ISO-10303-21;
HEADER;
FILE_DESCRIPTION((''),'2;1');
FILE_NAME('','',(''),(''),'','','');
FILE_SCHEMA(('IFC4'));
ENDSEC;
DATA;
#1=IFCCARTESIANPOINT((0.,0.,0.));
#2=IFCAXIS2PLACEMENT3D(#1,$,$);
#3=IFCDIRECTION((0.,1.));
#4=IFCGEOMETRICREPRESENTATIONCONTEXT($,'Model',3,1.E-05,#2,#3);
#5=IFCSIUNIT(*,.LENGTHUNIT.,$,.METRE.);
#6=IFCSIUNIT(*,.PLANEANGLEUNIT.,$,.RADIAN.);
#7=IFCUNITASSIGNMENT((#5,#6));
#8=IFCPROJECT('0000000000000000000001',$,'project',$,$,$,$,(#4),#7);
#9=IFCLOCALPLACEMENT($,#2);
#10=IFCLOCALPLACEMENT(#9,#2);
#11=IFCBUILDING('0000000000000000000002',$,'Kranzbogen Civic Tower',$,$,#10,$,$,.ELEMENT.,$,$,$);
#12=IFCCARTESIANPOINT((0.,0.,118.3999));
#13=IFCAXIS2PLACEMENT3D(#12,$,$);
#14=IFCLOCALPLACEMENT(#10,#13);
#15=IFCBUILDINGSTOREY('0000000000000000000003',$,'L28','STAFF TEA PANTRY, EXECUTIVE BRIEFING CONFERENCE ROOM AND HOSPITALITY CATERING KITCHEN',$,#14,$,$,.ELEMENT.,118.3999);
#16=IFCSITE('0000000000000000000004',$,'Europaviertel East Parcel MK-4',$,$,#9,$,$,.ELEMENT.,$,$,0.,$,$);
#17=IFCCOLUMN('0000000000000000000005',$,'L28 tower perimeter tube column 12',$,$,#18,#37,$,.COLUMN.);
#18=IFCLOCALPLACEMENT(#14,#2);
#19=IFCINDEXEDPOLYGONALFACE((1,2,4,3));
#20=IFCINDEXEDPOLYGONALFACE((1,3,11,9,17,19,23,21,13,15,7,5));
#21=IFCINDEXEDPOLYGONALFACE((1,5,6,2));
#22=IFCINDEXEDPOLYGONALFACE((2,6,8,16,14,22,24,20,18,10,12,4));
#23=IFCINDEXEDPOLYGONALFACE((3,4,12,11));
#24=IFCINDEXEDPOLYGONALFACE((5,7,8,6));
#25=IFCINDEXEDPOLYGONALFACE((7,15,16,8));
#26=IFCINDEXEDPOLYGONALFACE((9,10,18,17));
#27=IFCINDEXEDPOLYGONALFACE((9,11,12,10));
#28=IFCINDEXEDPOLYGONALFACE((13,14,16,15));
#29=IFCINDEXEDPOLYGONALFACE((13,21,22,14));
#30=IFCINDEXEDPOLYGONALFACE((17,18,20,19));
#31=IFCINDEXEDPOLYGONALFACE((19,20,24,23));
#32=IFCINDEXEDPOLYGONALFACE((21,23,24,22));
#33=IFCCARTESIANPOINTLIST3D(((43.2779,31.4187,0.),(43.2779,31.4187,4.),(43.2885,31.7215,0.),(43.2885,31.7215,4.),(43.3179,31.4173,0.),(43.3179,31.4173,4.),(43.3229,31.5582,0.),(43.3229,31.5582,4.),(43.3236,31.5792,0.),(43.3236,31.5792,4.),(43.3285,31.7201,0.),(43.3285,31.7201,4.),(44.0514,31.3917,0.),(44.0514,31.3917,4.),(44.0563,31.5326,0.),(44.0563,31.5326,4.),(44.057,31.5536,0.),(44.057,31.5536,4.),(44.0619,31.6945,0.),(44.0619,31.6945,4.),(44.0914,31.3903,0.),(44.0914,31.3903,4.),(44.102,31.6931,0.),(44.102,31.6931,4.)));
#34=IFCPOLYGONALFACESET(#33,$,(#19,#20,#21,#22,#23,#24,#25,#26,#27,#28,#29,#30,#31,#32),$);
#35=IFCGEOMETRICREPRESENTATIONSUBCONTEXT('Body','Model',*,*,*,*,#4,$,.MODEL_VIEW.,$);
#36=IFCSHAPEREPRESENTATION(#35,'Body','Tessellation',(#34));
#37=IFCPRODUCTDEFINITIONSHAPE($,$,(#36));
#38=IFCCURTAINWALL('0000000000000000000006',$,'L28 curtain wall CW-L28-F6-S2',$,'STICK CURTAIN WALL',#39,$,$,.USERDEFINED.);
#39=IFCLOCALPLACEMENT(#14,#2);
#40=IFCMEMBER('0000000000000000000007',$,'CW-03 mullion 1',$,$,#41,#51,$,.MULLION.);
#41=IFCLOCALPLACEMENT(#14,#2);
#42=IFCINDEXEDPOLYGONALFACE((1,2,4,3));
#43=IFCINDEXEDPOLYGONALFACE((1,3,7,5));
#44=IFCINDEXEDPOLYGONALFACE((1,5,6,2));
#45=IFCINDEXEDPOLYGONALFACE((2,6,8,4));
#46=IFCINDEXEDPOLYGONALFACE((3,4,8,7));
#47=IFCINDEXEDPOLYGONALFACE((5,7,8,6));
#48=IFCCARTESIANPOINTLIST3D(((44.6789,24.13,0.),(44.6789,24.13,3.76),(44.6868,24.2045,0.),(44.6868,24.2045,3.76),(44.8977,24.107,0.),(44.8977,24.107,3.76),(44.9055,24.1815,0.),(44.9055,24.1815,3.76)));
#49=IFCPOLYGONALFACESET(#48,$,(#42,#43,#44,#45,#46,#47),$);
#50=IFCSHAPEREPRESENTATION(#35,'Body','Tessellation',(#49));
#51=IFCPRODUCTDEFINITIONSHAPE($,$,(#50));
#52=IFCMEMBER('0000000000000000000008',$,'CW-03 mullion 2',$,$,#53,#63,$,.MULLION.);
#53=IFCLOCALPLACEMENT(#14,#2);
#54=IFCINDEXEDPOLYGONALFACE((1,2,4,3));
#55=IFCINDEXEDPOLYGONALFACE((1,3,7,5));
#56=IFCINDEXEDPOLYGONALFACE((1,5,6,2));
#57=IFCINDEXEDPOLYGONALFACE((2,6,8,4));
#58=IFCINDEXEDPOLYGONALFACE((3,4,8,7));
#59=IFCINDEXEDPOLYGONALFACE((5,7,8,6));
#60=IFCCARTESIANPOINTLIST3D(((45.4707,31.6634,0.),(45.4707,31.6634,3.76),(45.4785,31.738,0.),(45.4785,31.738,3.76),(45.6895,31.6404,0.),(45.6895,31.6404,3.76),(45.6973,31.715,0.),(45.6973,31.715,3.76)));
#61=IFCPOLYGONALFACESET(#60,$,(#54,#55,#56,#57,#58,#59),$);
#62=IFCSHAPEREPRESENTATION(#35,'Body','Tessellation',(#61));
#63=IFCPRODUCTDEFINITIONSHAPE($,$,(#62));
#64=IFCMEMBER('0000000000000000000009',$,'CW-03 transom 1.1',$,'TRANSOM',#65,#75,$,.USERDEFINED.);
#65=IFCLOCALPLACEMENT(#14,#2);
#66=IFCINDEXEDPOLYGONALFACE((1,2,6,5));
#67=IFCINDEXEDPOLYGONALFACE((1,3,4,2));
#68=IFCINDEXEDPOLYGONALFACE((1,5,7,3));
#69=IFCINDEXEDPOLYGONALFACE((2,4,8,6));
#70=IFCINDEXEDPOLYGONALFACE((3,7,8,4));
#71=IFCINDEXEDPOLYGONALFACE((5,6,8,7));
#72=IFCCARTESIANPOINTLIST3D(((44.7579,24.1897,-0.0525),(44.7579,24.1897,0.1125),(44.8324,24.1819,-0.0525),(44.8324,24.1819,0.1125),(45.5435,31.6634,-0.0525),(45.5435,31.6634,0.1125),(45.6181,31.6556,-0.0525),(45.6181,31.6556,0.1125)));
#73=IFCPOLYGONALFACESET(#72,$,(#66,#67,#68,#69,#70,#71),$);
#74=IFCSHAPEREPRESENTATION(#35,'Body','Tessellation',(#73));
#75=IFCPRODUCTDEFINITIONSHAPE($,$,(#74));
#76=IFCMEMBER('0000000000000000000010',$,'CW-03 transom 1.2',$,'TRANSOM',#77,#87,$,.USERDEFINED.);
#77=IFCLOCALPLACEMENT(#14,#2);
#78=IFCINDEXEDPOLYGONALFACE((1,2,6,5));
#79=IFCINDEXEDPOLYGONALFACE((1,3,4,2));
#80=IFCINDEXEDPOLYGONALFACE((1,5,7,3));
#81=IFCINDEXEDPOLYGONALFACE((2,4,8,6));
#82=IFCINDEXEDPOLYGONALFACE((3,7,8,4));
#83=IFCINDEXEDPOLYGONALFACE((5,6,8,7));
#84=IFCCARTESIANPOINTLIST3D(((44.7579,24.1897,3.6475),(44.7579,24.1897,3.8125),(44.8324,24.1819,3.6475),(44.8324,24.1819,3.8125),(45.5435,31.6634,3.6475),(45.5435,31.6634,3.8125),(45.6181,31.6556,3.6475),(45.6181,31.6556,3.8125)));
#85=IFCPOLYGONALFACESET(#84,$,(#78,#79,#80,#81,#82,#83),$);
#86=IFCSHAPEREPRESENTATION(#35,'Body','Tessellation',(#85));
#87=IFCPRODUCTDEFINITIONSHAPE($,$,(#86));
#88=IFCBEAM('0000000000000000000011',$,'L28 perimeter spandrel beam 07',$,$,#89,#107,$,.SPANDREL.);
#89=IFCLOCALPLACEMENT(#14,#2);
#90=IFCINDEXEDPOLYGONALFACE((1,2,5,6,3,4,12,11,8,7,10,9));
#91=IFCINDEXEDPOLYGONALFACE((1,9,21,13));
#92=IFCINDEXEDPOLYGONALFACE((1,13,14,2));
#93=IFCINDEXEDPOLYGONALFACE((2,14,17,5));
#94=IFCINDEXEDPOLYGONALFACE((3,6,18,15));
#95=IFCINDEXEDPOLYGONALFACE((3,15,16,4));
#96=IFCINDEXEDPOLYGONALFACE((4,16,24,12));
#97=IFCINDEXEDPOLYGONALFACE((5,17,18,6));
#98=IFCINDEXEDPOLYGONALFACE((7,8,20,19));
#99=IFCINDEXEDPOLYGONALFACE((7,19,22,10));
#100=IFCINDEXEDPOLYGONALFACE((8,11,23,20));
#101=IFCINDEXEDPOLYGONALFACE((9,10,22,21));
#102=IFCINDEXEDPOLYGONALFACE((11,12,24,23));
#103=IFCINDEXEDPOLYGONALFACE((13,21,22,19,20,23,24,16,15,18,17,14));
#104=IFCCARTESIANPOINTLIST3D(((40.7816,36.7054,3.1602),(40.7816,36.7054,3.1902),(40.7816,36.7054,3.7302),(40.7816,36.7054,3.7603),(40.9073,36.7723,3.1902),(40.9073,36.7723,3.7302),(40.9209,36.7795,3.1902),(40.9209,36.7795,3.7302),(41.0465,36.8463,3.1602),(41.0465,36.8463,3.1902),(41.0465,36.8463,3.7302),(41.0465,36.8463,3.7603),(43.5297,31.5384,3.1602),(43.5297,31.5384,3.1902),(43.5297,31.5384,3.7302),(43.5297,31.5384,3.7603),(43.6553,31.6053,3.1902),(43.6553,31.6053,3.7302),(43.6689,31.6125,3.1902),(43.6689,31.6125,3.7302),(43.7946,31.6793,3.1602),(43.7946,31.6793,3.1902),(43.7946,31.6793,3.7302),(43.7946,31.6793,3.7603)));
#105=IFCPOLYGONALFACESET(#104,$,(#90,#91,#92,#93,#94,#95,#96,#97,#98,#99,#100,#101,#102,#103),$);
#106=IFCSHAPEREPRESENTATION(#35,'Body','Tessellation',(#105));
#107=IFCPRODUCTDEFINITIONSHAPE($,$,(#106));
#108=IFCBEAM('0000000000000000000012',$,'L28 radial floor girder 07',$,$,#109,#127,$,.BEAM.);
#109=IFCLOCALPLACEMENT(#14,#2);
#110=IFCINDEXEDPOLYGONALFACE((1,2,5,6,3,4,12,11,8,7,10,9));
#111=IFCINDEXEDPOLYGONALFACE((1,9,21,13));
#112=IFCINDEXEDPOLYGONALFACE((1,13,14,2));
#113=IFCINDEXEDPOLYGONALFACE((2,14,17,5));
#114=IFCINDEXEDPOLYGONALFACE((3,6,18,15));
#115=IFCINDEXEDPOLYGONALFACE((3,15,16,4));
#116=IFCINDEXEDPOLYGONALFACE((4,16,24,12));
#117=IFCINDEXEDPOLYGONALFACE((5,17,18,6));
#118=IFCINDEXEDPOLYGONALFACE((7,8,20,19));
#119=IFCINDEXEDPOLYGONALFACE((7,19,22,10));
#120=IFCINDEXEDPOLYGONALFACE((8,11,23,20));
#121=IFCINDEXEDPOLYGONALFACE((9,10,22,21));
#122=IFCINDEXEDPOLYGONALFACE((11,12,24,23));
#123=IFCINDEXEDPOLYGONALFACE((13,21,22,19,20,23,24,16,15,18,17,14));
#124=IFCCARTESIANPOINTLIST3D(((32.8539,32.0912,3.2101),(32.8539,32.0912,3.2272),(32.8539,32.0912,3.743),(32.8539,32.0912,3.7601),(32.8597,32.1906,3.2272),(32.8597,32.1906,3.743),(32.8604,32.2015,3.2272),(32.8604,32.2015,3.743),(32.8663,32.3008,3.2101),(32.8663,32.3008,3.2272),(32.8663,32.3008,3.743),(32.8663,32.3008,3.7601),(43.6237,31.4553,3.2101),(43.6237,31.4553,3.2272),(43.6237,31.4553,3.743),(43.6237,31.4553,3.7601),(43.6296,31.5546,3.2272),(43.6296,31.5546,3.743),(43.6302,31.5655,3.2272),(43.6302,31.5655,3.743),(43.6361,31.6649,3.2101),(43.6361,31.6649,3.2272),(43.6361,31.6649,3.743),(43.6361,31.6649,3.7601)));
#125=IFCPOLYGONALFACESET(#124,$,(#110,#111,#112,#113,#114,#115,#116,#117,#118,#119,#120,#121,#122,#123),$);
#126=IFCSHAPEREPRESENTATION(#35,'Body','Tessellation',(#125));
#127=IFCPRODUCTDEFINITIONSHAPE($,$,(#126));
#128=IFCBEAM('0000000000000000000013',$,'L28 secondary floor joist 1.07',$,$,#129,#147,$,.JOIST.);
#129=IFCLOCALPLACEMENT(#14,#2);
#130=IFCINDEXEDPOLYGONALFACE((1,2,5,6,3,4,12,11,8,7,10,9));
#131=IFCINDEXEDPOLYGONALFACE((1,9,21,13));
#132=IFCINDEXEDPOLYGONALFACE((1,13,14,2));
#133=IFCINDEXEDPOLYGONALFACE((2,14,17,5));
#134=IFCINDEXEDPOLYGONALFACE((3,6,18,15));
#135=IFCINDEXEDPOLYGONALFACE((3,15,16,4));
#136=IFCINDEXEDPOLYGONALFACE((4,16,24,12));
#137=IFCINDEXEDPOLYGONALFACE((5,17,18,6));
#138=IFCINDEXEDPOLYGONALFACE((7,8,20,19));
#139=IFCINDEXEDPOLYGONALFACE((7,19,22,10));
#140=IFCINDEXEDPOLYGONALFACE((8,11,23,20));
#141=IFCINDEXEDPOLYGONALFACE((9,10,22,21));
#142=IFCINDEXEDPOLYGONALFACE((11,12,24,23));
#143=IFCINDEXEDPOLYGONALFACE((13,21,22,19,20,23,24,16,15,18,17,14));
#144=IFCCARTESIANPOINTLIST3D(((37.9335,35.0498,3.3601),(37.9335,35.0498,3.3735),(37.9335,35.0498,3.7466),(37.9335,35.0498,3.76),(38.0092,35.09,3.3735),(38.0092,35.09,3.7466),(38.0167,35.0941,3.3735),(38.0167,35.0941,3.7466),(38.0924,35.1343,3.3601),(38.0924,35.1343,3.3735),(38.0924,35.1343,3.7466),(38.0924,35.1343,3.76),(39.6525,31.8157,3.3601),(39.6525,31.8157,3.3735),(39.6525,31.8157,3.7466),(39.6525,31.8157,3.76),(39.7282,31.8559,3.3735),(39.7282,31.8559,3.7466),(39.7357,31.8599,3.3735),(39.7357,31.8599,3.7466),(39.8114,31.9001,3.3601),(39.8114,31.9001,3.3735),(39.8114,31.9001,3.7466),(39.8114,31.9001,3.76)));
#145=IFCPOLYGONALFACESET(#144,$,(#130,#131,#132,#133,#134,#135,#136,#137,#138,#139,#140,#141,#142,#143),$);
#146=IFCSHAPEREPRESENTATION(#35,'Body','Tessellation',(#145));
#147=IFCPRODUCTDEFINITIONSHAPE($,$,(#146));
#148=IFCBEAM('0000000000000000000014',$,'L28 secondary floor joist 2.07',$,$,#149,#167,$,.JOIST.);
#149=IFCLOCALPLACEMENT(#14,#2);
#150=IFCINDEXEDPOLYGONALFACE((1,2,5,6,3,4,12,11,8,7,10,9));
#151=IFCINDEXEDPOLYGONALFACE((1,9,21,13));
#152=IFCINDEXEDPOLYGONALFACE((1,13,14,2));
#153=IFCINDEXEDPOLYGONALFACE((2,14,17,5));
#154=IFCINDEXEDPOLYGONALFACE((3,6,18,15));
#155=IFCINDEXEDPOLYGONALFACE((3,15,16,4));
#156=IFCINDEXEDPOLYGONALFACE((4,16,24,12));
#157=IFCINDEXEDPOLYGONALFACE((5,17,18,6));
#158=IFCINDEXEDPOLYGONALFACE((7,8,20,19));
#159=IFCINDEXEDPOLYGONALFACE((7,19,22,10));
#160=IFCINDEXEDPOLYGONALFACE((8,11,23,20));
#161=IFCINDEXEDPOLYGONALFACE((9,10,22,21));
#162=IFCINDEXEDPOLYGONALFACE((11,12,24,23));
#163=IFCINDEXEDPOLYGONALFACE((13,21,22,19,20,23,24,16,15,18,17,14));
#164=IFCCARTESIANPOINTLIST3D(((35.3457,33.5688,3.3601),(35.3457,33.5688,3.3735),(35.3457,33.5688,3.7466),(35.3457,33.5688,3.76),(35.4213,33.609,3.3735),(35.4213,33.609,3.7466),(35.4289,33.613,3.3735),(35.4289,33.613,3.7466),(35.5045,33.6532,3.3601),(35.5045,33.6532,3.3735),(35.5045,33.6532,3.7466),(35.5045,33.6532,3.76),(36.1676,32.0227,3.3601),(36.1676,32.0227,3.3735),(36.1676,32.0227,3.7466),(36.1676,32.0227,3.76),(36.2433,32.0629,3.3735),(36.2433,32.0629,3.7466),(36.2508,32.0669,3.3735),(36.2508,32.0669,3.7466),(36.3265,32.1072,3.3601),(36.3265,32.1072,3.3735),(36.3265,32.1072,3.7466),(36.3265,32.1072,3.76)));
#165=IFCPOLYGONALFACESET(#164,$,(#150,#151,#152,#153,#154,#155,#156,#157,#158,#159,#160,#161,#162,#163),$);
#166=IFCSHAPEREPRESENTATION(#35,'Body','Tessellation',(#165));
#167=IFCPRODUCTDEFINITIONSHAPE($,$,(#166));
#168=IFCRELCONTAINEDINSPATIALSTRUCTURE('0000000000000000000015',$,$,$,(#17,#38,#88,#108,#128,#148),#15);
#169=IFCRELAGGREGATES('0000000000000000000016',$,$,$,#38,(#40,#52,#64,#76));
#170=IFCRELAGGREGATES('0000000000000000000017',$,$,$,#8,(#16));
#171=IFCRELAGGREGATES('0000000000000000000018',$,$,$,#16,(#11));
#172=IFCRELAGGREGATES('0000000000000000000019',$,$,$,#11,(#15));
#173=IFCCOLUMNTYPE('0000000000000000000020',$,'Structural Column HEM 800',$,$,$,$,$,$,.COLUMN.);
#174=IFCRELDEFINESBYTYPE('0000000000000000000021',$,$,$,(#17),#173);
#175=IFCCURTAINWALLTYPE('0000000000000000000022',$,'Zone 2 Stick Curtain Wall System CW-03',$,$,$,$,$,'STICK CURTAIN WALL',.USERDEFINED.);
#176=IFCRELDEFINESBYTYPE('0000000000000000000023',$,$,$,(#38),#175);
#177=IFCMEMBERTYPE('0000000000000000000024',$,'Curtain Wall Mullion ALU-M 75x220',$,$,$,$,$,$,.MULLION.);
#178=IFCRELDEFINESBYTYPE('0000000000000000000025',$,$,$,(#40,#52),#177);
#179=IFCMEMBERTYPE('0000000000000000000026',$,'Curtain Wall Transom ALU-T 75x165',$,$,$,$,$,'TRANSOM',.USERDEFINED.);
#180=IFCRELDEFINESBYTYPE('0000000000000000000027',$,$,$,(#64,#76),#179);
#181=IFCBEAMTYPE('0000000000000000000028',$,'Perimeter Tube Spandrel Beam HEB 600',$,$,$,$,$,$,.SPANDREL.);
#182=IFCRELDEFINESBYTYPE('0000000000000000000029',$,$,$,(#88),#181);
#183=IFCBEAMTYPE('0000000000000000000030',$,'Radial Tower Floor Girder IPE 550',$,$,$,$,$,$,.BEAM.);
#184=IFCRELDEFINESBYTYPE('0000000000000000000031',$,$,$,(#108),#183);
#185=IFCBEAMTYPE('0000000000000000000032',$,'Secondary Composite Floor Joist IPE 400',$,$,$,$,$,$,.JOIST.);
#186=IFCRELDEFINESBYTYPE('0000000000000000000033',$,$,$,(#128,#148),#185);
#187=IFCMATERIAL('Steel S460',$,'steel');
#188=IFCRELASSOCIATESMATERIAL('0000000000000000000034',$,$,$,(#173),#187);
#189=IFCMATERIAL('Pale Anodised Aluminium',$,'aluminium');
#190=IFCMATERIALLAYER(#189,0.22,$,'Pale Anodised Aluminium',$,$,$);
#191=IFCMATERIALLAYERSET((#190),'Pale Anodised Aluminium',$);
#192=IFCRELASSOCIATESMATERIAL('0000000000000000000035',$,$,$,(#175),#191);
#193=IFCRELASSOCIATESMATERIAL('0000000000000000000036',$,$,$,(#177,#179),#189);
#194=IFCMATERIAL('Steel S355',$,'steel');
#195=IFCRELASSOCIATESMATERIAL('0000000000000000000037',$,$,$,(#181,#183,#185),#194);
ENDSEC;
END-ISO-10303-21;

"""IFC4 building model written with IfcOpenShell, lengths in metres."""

from ifc_helpers import new_model, si_unit, direction, frame, origin, origin_2d, place, context, subcontext, project, spatial, rectangle, i_section, extrude, material, layer, layer_set, material_profile, profile_set, type_object, element, aggregate, save


model = new_model("IFC4")

# Units and contexts
model_context = context("Model", 3, precision=1e-05, world=origin(), true_north=direction((0.0, 1.0)))
body_context = subcontext(model_context, "Body", "Model", "MODEL_VIEW")
ifc_project = project(units=[si_unit("LENGTHUNIT", "METRE"), si_unit("PLANEANGLEUNIT", "RADIAN")], contexts=[model_context])

# Site, building, storey
site_placement = place(None, origin())
site = spatial("IfcSite", under=ifc_project, at=site_placement, Name="Europaviertel East Parcel MK-4", CompositionType="ELEMENT", RefElevation=0.0)
building_placement = place(site_placement, origin())
building = spatial("IfcBuilding", under=site, at=building_placement, Name="Kranzbogen Civic Tower", CompositionType="ELEMENT")
storey_placement = place(building_placement, frame((0.0, 0.0, 118.3999)))
storey = spatial("IfcBuildingStorey", under=building, at=storey_placement, Name="L28", Description="STAFF TEA PANTRY, EXECUTIVE BRIEFING CONFERENCE ROOM AND HOSPITALITY CATERING KITCHEN", CompositionType="ELEMENT", Elevation=118.3999)

# Column
ifc_material_1 = material(Name="Steel S460", Category="steel")
ifc_material_profile_1 = material_profile(ifc_material_1, i_section(OverallWidth=0.303, OverallDepth=0.814, WebThickness=0.021, FlangeThickness=0.04, at=origin_2d()), Name="HEM 800")
ifc_profile_set_1 = profile_set([ifc_material_profile_1], Name="Steel S460")
column_type = type_object("IfcColumnType", Name="Structural Column HEM 800", PredefinedType="COLUMN", material=ifc_profile_set_1)
column_placement = place(storey_placement, frame((43.6899, 31.5559, 0.0), z_axis=(0.0, 0.0, 1.0), x_axis=(0.034899, 0.999391, 0.0)))
element("IfcColumn", 1, at=column_placement, inside=storey, type_object=column_type, Name="L28 tower perimeter tube column 12", PredefinedType="COLUMN", context=body_context, shape_type="SweptSolid", body=[
    extrude(i_section(OverallWidth=0.303, OverallDepth=0.814, WebThickness=0.021, FlangeThickness=0.04, at=origin_2d()), origin(), (0.0, 0.0, 1.0), 4.0),
])

# Curtain wall, members
ifc_material_2 = material(Name="Pale Anodised Aluminium", Category="aluminium")
ifc_layer_1 = layer(ifc_material_2, 0.22, Name="Pale Anodised Aluminium")
ifc_layer_set_1 = layer_set([ifc_layer_1], Name="Pale Anodised Aluminium")
curtain_wall_type = type_object("IfcCurtainWallType", Name="Zone 2 Stick Curtain Wall System CW-03", ElementType="STICK CURTAIN WALL", PredefinedType="USERDEFINED", material=ifc_layer_set_1)
curtain_wall_placement = place(storey_placement, origin())
curtain_wall = element("IfcCurtainWall", 2, at=curtain_wall_placement, inside=storey, type_object=curtain_wall_type, Name="L28 curtain wall CW-L28-F6-S2", ObjectType="STICK CURTAIN WALL", PredefinedType="USERDEFINED")
ifc_material_profile_2 = material_profile(ifc_material_2, rectangle(XDim=0.075, YDim=0.22, at=origin_2d()), Name="ALU-M 75x220")
ifc_profile_set_2 = profile_set([ifc_material_profile_2], Name="Pale Anodised Aluminium")
member_type_1 = type_object("IfcMemberType", Name="Curtain Wall Mullion ALU-M 75x220", PredefinedType="MULLION", material=ifc_profile_set_2)
member_1_placement = place(storey_placement, frame((44.7922, 24.1558, 0.0), z_axis=(0.0, 0.0, 1.0), x_axis=(0.104521, 0.994523, 0.0)))
member_1 = element("IfcMember", 3, at=member_1_placement, type_object=member_type_1, Name="CW-03 mullion 1", PredefinedType="MULLION", context=body_context, shape_type="SweptSolid", body=[
    extrude(rectangle(XDim=0.075, YDim=0.22, at=origin_2d()), origin(), (0.0, 0.0, 1.0), 3.76),
])
member_2_placement = place(storey_placement, frame((45.584, 31.6892, 0.0), z_axis=(0.0, 0.0, 1.0), x_axis=(0.104521, 0.994523, 0.0)))
member_2 = element("IfcMember", 4, at=member_2_placement, type_object=member_type_1, Name="CW-03 mullion 2", PredefinedType="MULLION", context=body_context, shape_type="SweptSolid", body=[
    extrude(rectangle(XDim=0.075, YDim=0.22, at=origin_2d()), origin(), (0.0, 0.0, 1.0), 3.76),
])
ifc_material_profile_3 = material_profile(ifc_material_2, rectangle(XDim=0.075, YDim=0.165, at=origin_2d()), Name="ALU-T 75x165")
ifc_profile_set_3 = profile_set([ifc_material_profile_3], Name="Pale Anodised Aluminium")
member_type_2 = type_object("IfcMemberType", Name="Curtain Wall Transom ALU-T 75x165", ElementType="TRANSOM", PredefinedType="USERDEFINED", material=ifc_profile_set_3)
member_3_placement = place(storey_placement, frame((44.7952, 24.1858, 0.03), z_axis=(0.104546, 0.99452, 0.0), x_axis=(-0.99452, 0.104546, 0.0)))
member_3 = element("IfcMember", 5, at=member_3_placement, type_object=member_type_2, Name="CW-03 transom 1.1", ObjectType="TRANSOM", PredefinedType="USERDEFINED", context=body_context, shape_type="SweptSolid", body=[
    extrude(rectangle(XDim=0.075, YDim=0.165, at=origin_2d()), origin(), (0.0, 0.0, 1.0), 7.5149),
])
member_4_placement = place(storey_placement, frame((44.7952, 24.1858, 3.73), z_axis=(0.104546, 0.99452, 0.0), x_axis=(-0.99452, 0.104546, 0.0)))
member_4 = element("IfcMember", 6, at=member_4_placement, type_object=member_type_2, Name="CW-03 transom 1.2", ObjectType="TRANSOM", PredefinedType="USERDEFINED", context=body_context, shape_type="SweptSolid", body=[
    extrude(rectangle(XDim=0.075, YDim=0.165, at=origin_2d()), origin(), (0.0, 0.0, 1.0), 7.5149),
])

# Beams
ifc_material_3 = material(Name="Steel S355", Category="steel")
ifc_material_profile_4 = material_profile(ifc_material_3, i_section(OverallWidth=0.3, OverallDepth=0.6001, WebThickness=0.0154, FlangeThickness=0.03, at=origin_2d()), Name="HEB 600")
ifc_profile_set_4 = profile_set([ifc_material_profile_4], Name="Steel S355")
beam_type_1 = type_object("IfcBeamType", Name="Perimeter Tube Spandrel Beam HEB 600", PredefinedType="SPANDREL", material=ifc_profile_set_4)
beam_1_placement = place(storey_placement, frame((43.6621, 31.6089, 3.4602), z_axis=(-0.469566, 0.882897, 0.0), x_axis=(-0.882897, -0.469566, 0.0)))
element("IfcBeam", 7, at=beam_1_placement, inside=storey, type_object=beam_type_1, Name="L28 perimeter spandrel beam 07", PredefinedType="SPANDREL", context=body_context, shape_type="SweptSolid", body=[
    extrude(i_section(OverallWidth=0.3, OverallDepth=0.6001, WebThickness=0.0154, FlangeThickness=0.03, at=origin_2d()), origin(), (0.0, 0.0, 1.0), 5.8523),
])
ifc_material_profile_5 = material_profile(ifc_material_3, i_section(OverallWidth=0.21, OverallDepth=0.55, WebThickness=0.011, FlangeThickness=0.0171, at=origin_2d()), Name="IPE 550")
ifc_profile_set_5 = profile_set([ifc_material_profile_5], Name="Steel S355")
beam_type_2 = type_object("IfcBeamType", Name="Radial Tower Floor Girder IPE 550", PredefinedType="BEAM", material=ifc_profile_set_5)
beam_2_placement = place(storey_placement, frame((43.6299, 31.5601, 3.4851), z_axis=(-0.998261, 0.05895, 0.0), x_axis=(-0.05895, -0.998261, 0.0)))
element("IfcBeam", 8, at=beam_2_placement, inside=storey, type_object=beam_type_2, Name="L28 radial floor girder 07", PredefinedType="BEAM", context=body_context, shape_type="SweptSolid", body=[
    extrude(i_section(OverallWidth=0.21, OverallDepth=0.55, WebThickness=0.011, FlangeThickness=0.0171, at=origin_2d()), origin(), (0.0, 0.0, 1.0), 10.7886),
])
ifc_material_profile_6 = material_profile(ifc_material_3, i_section(OverallWidth=0.1799, OverallDepth=0.3999, WebThickness=0.0085, FlangeThickness=0.0134, at=origin_2d()), Name="IPE 400")
ifc_profile_set_6 = profile_set([ifc_material_profile_6], Name="Steel S355")
beam_type_3 = type_object("IfcBeamType", Name="Secondary Composite Floor Joist IPE 400", PredefinedType="JOIST", material=ifc_profile_set_6)
beam_3_placement = place(storey_placement, frame((39.7319, 31.8579, 3.5601), z_axis=(-0.469339, 0.883018, 0.0), x_axis=(-0.883018, -0.469339, 0.0)))
element("IfcBeam", 9, at=beam_3_placement, inside=storey, type_object=beam_type_3, Name="L28 secondary floor joist 1.07", PredefinedType="JOIST", context=body_context, shape_type="SweptSolid", body=[
    extrude(i_section(OverallWidth=0.1799, OverallDepth=0.3999, WebThickness=0.0085, FlangeThickness=0.0134, at=origin_2d()), origin(), (0.0, 0.0, 1.0), 3.6626),
])
beam_4_placement = place(storey_placement, frame((36.2471, 32.0649, 3.5601), z_axis=(-0.469437, 0.882966, 0.0), x_axis=(-0.882966, -0.469437, 0.0)))
element("IfcBeam", 10, at=beam_4_placement, inside=storey, type_object=beam_type_3, Name="L28 secondary floor joist 2.07", PredefinedType="JOIST", context=body_context, shape_type="SweptSolid", body=[
    extrude(i_section(OverallWidth=0.1799, OverallDepth=0.3999, WebThickness=0.0085, FlangeThickness=0.0134, at=origin_2d()), origin(), (0.0, 0.0, 1.0), 1.751),
])

aggregate(curtain_wall, [member_1, member_2, member_3, member_4])

save(model, "model.ifc")
